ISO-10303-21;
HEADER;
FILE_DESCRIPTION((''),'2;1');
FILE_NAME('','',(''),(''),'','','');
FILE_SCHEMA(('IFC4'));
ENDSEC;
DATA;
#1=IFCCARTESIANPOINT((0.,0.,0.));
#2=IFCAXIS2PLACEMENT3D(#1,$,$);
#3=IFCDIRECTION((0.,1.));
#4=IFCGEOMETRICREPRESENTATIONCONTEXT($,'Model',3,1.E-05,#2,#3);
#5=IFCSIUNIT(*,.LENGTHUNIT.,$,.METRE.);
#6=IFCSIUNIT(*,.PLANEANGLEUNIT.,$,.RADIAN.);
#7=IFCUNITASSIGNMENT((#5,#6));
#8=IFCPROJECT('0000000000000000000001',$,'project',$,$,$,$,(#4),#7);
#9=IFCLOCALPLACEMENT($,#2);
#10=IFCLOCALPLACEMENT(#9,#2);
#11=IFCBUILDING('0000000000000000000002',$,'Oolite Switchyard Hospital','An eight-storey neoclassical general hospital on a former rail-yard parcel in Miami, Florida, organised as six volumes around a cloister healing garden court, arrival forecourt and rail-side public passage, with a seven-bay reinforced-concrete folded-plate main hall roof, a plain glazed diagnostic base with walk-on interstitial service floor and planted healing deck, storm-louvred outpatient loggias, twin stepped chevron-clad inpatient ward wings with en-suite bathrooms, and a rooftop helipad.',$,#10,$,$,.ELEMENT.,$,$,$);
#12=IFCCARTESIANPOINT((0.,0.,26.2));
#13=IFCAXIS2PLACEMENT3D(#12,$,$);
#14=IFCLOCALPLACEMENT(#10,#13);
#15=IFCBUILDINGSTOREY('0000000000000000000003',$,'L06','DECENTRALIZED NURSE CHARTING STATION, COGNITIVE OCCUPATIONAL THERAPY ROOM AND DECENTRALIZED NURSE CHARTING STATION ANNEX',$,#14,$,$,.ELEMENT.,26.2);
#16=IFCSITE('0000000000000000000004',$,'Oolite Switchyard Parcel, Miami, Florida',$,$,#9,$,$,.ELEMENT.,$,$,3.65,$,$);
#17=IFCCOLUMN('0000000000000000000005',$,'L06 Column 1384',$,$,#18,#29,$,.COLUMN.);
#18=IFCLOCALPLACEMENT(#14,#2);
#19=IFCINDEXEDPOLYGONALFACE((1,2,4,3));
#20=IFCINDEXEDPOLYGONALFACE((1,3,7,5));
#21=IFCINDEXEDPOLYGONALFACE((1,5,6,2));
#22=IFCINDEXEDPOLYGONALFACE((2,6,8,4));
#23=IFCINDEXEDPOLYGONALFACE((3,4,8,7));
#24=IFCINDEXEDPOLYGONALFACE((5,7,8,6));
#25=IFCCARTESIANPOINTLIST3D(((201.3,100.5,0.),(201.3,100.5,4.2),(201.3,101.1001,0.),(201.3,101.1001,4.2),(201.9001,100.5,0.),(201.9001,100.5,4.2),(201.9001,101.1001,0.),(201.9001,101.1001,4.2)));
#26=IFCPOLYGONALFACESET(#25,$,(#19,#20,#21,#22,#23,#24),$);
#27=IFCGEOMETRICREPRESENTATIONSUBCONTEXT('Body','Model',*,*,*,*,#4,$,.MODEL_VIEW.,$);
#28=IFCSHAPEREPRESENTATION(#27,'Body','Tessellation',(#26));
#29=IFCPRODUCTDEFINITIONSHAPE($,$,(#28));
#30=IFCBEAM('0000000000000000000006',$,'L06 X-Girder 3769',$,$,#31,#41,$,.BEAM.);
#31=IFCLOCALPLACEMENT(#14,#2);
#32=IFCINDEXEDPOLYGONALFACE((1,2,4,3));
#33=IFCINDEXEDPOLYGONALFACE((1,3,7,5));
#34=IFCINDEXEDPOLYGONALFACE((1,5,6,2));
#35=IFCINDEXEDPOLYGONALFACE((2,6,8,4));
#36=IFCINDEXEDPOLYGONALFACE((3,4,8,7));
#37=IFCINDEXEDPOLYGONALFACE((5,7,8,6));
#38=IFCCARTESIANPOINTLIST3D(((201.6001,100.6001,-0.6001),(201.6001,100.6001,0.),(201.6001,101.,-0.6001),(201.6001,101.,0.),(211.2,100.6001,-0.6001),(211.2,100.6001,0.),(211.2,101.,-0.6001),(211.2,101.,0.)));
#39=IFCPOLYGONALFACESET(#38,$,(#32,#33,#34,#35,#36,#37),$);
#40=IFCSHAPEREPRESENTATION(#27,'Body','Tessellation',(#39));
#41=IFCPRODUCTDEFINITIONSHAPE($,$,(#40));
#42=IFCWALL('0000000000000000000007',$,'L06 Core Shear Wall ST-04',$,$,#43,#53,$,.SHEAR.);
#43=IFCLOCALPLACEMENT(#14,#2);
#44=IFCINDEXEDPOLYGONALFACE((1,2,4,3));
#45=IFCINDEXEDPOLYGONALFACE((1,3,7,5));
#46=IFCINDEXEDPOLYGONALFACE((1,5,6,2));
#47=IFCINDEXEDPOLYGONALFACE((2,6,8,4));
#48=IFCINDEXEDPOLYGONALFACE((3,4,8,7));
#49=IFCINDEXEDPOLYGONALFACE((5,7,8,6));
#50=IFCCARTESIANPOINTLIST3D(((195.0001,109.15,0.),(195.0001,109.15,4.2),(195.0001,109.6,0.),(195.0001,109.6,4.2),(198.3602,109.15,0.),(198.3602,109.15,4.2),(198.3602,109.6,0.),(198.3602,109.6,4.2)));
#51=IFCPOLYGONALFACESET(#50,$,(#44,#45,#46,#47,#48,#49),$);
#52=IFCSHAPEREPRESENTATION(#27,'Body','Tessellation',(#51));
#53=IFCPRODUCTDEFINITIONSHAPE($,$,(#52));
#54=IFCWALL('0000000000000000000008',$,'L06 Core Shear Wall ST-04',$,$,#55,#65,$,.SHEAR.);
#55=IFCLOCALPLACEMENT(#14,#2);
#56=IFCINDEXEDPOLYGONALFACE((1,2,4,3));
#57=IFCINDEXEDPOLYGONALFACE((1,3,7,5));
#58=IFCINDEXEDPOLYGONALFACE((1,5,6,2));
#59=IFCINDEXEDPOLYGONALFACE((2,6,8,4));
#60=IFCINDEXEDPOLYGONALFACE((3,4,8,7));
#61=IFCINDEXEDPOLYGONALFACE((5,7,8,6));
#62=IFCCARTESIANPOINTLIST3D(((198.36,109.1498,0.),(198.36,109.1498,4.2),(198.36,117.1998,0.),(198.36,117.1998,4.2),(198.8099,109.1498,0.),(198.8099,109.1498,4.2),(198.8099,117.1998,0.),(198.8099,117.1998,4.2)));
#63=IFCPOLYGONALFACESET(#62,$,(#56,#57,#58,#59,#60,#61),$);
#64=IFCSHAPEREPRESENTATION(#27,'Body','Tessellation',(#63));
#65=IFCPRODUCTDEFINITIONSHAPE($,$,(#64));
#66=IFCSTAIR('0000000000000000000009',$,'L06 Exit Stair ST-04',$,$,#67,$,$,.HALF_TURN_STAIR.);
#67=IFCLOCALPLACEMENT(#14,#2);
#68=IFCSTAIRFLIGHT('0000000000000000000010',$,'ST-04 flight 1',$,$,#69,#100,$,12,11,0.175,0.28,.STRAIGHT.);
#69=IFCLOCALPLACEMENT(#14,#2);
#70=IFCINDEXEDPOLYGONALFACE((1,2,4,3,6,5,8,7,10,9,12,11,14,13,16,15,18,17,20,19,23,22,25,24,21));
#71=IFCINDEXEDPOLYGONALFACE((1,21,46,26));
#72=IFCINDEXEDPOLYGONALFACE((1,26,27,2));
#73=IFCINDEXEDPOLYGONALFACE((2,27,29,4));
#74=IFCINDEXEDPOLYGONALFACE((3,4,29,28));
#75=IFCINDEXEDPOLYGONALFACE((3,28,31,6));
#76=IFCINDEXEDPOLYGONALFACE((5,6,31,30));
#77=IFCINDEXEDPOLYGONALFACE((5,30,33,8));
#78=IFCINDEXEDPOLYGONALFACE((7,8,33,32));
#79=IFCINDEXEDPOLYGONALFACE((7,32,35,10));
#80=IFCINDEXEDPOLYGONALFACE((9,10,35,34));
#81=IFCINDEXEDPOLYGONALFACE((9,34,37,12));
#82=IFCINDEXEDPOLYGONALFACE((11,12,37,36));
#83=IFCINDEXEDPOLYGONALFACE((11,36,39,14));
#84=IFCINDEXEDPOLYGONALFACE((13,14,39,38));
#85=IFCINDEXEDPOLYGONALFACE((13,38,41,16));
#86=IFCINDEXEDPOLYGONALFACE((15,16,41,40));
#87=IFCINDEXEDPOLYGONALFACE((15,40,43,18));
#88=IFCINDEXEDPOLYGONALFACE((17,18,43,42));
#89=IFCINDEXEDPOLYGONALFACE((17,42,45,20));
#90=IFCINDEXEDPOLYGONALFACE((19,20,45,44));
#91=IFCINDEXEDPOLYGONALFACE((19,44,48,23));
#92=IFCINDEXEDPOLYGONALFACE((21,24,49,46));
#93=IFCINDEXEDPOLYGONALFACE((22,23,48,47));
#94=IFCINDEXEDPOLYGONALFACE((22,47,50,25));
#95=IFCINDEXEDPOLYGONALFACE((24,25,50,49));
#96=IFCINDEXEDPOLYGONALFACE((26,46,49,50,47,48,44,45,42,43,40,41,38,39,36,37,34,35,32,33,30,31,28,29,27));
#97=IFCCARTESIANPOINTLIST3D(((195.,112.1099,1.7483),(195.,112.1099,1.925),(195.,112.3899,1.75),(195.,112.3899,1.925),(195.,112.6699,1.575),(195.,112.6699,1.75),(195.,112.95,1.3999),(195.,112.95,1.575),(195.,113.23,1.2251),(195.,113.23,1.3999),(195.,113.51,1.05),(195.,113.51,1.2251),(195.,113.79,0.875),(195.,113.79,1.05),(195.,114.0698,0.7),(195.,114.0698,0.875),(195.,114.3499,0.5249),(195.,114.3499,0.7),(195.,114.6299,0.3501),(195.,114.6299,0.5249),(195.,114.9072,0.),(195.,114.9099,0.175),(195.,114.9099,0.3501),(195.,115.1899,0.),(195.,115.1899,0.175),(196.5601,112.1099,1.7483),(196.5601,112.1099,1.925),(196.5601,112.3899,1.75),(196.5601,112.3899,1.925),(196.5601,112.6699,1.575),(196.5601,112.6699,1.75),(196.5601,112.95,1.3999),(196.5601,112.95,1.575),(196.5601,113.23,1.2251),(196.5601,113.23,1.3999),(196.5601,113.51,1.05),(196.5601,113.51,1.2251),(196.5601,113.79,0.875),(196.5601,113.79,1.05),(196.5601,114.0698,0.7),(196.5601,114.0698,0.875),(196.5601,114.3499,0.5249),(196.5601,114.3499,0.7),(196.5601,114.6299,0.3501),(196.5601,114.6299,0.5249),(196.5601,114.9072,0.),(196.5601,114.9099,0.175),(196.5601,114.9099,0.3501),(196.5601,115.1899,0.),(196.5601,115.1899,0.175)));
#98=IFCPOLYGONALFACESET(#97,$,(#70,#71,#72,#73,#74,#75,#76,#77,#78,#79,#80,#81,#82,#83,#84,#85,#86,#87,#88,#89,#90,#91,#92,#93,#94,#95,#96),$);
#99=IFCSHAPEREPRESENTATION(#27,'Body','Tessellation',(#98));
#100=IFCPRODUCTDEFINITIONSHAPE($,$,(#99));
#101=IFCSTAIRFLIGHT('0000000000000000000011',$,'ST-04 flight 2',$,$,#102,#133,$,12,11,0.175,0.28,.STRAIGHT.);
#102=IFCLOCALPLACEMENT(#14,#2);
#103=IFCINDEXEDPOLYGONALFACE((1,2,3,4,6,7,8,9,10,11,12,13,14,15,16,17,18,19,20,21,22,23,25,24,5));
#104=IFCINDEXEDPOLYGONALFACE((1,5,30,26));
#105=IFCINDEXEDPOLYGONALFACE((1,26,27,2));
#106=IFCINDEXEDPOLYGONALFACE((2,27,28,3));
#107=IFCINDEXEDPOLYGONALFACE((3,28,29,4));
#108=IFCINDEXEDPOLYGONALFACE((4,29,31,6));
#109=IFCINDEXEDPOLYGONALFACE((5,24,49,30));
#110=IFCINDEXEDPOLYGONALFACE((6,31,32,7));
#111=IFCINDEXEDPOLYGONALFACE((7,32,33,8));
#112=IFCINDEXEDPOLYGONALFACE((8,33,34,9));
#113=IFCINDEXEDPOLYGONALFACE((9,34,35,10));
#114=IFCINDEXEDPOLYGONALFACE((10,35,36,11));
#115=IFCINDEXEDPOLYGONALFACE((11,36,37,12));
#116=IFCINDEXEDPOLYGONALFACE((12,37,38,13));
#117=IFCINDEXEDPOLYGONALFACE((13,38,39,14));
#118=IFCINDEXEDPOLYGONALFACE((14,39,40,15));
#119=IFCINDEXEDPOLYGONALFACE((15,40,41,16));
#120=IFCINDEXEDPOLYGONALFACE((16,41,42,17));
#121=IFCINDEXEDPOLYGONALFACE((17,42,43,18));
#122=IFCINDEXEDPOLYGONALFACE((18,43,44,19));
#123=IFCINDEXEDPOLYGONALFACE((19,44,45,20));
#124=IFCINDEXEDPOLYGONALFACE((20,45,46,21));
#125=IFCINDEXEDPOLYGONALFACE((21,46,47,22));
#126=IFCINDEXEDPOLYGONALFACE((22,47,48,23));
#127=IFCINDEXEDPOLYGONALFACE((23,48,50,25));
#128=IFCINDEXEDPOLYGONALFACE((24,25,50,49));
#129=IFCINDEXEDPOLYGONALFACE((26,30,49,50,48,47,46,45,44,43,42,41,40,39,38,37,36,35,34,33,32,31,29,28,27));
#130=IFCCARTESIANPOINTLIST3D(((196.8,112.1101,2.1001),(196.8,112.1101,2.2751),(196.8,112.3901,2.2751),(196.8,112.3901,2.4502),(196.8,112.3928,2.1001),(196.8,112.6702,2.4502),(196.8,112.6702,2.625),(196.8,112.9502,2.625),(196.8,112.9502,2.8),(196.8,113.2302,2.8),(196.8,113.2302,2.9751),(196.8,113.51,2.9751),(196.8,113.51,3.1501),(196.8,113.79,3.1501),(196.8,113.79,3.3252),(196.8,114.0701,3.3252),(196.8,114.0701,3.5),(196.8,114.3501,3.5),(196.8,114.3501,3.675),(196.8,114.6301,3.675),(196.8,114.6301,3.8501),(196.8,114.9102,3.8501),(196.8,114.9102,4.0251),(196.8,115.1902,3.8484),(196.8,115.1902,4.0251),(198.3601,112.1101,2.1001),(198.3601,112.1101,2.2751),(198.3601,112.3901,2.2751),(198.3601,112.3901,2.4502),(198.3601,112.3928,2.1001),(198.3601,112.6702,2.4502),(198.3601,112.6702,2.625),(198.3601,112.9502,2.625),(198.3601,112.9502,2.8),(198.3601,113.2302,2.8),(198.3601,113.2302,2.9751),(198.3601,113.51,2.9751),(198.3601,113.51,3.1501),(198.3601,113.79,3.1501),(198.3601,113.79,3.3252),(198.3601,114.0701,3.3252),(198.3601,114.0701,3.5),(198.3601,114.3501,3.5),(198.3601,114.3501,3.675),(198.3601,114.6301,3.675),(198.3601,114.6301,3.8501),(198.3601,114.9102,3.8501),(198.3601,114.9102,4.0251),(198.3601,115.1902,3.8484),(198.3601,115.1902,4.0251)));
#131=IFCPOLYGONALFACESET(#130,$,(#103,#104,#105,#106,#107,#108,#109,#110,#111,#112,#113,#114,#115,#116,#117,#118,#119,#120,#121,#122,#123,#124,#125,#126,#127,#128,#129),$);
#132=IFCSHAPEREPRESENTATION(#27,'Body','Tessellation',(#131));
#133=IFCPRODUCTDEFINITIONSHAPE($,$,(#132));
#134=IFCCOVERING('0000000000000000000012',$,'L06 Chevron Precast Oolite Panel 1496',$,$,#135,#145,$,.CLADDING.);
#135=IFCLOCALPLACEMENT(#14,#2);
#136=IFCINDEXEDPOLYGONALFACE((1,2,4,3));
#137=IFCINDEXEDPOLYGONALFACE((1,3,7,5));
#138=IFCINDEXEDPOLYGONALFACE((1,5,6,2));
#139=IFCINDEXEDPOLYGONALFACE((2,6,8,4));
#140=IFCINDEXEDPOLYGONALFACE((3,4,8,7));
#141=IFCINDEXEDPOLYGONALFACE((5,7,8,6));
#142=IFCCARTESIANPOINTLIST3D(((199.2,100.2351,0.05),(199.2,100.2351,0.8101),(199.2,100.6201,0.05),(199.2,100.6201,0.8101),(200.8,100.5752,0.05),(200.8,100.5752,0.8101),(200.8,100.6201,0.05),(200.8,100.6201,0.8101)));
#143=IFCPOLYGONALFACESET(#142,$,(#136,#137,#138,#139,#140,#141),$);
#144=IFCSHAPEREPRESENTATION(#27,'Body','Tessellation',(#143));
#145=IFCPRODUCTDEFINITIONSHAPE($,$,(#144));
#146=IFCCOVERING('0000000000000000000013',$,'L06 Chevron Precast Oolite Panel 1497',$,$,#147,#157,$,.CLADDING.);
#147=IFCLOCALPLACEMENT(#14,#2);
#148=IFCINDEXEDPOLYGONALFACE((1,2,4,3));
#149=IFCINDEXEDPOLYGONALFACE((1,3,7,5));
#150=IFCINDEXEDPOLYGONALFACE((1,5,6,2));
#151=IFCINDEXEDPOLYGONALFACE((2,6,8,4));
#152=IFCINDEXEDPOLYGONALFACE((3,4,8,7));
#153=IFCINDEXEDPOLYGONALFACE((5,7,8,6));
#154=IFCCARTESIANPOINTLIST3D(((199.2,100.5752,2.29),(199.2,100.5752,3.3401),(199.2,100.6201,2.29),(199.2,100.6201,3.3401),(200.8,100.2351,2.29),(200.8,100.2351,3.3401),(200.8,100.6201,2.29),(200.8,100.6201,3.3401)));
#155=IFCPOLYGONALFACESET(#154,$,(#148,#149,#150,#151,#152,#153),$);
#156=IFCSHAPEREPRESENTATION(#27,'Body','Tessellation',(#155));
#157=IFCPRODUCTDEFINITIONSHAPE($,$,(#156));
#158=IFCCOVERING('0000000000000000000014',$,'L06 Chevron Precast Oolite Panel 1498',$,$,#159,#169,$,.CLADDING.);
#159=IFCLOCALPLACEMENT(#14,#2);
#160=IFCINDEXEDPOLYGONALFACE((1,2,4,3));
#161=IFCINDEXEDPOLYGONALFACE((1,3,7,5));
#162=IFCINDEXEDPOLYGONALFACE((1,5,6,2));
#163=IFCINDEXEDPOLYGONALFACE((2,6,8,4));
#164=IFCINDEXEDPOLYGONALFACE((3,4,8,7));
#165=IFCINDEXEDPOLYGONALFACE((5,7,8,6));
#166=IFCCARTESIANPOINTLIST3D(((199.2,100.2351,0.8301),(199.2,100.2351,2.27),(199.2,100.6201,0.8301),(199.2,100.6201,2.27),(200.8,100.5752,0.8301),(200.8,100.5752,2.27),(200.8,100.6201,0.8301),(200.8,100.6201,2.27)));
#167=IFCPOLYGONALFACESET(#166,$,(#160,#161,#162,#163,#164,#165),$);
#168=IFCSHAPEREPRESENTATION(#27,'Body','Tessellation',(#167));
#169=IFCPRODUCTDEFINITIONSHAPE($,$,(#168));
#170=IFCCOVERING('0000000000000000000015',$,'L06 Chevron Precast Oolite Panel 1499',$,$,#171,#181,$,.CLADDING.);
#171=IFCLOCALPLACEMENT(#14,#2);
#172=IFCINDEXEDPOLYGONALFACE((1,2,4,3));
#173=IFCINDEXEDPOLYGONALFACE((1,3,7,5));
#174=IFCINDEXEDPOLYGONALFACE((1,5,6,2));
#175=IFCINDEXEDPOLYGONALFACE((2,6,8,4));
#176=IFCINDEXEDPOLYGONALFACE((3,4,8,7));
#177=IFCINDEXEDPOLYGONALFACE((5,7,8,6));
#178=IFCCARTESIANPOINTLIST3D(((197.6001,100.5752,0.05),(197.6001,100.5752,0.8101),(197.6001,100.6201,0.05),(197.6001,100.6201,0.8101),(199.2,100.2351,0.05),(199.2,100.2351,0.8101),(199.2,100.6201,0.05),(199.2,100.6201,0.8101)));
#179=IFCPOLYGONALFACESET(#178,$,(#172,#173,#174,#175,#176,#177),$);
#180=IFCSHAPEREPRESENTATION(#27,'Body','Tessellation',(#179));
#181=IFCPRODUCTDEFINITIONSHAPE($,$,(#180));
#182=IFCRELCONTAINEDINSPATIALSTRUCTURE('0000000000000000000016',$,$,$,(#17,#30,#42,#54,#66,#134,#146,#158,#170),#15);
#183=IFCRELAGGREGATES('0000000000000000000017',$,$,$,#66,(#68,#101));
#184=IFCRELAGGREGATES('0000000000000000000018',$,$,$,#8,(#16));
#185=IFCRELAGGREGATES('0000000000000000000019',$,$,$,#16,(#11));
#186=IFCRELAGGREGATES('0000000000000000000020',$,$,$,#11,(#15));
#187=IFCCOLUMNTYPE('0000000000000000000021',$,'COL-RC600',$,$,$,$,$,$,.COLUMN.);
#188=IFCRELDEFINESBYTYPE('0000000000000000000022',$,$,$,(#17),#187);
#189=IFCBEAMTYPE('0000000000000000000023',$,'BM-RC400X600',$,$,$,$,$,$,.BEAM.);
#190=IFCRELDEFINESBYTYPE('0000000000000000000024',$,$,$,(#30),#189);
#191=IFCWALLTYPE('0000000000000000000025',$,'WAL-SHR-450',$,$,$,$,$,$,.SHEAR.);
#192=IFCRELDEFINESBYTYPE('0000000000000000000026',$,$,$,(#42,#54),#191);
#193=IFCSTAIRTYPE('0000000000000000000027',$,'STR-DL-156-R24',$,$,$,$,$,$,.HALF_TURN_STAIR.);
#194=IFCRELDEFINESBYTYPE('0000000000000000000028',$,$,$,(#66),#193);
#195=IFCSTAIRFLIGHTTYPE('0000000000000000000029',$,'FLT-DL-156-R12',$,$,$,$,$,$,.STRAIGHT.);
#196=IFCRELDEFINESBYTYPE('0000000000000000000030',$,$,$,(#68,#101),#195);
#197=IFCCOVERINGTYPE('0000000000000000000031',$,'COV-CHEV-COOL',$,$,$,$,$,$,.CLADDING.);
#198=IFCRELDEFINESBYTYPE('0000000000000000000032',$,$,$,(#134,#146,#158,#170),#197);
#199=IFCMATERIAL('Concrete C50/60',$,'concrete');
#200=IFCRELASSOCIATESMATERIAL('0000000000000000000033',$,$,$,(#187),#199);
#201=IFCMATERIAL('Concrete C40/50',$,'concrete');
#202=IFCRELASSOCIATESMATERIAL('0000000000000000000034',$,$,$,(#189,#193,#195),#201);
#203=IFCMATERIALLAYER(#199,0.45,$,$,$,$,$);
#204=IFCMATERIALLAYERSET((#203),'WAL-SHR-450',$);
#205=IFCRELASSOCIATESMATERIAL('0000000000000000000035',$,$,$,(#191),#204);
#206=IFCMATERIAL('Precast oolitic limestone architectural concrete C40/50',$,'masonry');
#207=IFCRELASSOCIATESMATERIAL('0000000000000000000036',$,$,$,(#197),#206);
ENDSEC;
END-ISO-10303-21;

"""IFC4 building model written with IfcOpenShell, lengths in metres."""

from ifc_helpers import new_model, si_unit, direction, frame, frame_2d, origin, origin_2d, place, context, subcontext, project, spatial, polyline, rectangle, outline, extrude, material, layer, layer_set, material_profile, profile_set, type_object, element, aggregate, save


model = new_model("IFC4")

# Units and contexts
model_context = context("Model", 3, precision=1e-05, world=origin(), true_north=direction((0.0, 1.0)))
body_context = subcontext(model_context, "Body", "Model", "MODEL_VIEW")
ifc_project = project(units=[si_unit("LENGTHUNIT", "METRE"), si_unit("PLANEANGLEUNIT", "RADIAN")], contexts=[model_context])

# Site, building, storey
site_placement = place(None, origin())
site = spatial("IfcSite", under=ifc_project, at=site_placement, Name="Oolite Switchyard Parcel, Miami, Florida", CompositionType="ELEMENT", RefElevation=3.65)
building_placement = place(site_placement, origin())
building = spatial("IfcBuilding", under=site, at=building_placement, Name="Oolite Switchyard Hospital", Description="An eight-storey neoclassical general hospital on a former rail-yard parcel in Miami, Florida, organised as six volumes around a cloister healing garden court, arrival forecourt and rail-side public passage, with a seven-bay reinforced-concrete folded-plate main hall roof, a plain glazed diagnostic base with walk-on interstitial service floor and planted healing deck, storm-louvred outpatient loggias, twin stepped chevron-clad inpatient ward wings with en-suite bathrooms, and a rooftop helipad.", CompositionType="ELEMENT")
storey_placement = place(building_placement, frame((0.0, 0.0, 26.2)))
storey = spatial("IfcBuildingStorey", under=building, at=storey_placement, Name="L06", Description="DECENTRALIZED NURSE CHARTING STATION, COGNITIVE OCCUPATIONAL THERAPY ROOM AND DECENTRALIZED NURSE CHARTING STATION ANNEX", CompositionType="ELEMENT", Elevation=26.2)

# Column
ifc_material_1 = material(Name="Concrete C50/60", Category="concrete")
ifc_material_profile_1 = material_profile(ifc_material_1, rectangle(XDim=0.6001, YDim=0.6001, at=origin_2d()), Name="RC600X600")
ifc_profile_set_1 = profile_set([ifc_material_profile_1], Name="Concrete C50/60")
column_type = type_object("IfcColumnType", Name="COL-RC600", PredefinedType="COLUMN", material=ifc_profile_set_1)
column_placement = place(storey_placement, frame((201.6001, 100.8, 0.0), z_axis=(0.0, 0.0, 1.0), x_axis=(1.0, 0.0, 0.0)))
element("IfcColumn", 1, at=column_placement, inside=storey, type_object=column_type, Name="L06 Column 1384", PredefinedType="COLUMN", context=body_context, shape_type="SweptSolid", body=[
    extrude(rectangle(XDim=0.6001, YDim=0.6001, at=origin_2d()), origin(), (0.0, 0.0, 1.0), 4.2),
])

# Beam
ifc_material_2 = material(Name="Concrete C40/50", Category="concrete")
ifc_material_profile_2 = material_profile(ifc_material_2, rectangle(XDim=0.3999, YDim=0.6001, at=origin_2d()), Name="RCB400X600")
ifc_profile_set_2 = profile_set([ifc_material_profile_2], Name="Concrete C40/50")
beam_type = type_object("IfcBeamType", Name="BM-RC400X600", PredefinedType="BEAM", material=ifc_profile_set_2)
beam_placement = place(storey_placement, frame((201.6001, 100.8, -0.3), z_axis=(1.0, 0.0, 0.0), x_axis=(0.0, 1.0, 0.0)))
element("IfcBeam", 2, at=beam_placement, inside=storey, type_object=beam_type, Name="L06 X-Girder 3769", PredefinedType="BEAM", context=body_context, shape_type="SweptSolid", body=[
    extrude(rectangle(XDim=0.3999, YDim=0.6001, at=origin_2d()), origin(), (0.0, 0.0, 1.0), 9.5999),
])

# Walls
ifc_layer = layer(ifc_material_1, 0.45)
ifc_layer_set = layer_set([ifc_layer], Name="WAL-SHR-450")
wall_type = type_object("IfcWallType", Name="WAL-SHR-450", PredefinedType="SHEAR", material=ifc_layer_set)
wall_1_placement = place(storey_placement, frame((195.0, 109.375, 0.0), z_axis=(0.0, 0.0, 1.0), x_axis=(1.0, 0.0, 0.0)))
element("IfcWall", 3, at=wall_1_placement, inside=storey, type_object=wall_type, Name="L06 Core Shear Wall ST-04", PredefinedType="SHEAR", context=body_context, shape_type="SweptSolid", body=[
    extrude(rectangle(XDim=3.3601, YDim=0.45, at=frame_2d((1.6802, 0.0))), origin(), (0.0, 0.0, 1.0), 4.2),
])
wall_2_placement = place(storey_placement, frame((198.585, 109.1499, 0.0), z_axis=(0.0, 0.0, 1.0), x_axis=(0.0, 1.0, 0.0)))
element("IfcWall", 4, at=wall_2_placement, inside=storey, type_object=wall_type, Name="L06 Core Shear Wall ST-04", PredefinedType="SHEAR", context=body_context, shape_type="SweptSolid", body=[
    extrude(rectangle(XDim=8.05, YDim=0.45, at=frame_2d((4.0249, 0.0))), origin(), (0.0, 0.0, 1.0), 4.2),
])

# Stair, stair flights
stair_type = type_object("IfcStairType", Name="STR-DL-156-R24", PredefinedType="HALF_TURN_STAIR", material=ifc_material_2)
stair_placement = place(storey_placement, origin())
stair = element("IfcStair", 5, at=stair_placement, inside=storey, type_object=stair_type, Name="L06 Exit Stair ST-04", PredefinedType="HALF_TURN_STAIR")
stair_flight_type = type_object("IfcStairFlightType", Name="FLT-DL-156-R12", PredefinedType="STRAIGHT", material=ifc_material_2)
stair_flight_1_placement = place(storey_placement, frame((195.78, 115.1899, 0.0), z_axis=(0.0, 0.0, 1.0), x_axis=(0.0, -1.0, 0.0)))
stair_flight_1 = element("IfcStairFlight", 6, at=stair_flight_1_placement, type_object=stair_flight_type, Name="ST-04 flight 1", NumberOfRisers=12, NumberOfTreads=11, PredefinedType="STRAIGHT", RiserHeight=0.175, TreadLength=0.28, context=body_context, shape_type="SweptSolid", body=[
    extrude(outline(polyline([(0.0, 0.0), (0.0, 0.175), (0.28, 0.175), (0.28, 0.3501), (0.5601, 0.3501), (0.5601, 0.5249), (0.8401, 0.5249), (0.8401, 0.7), (1.1201, 0.7), (1.1201, 0.875), (1.3999, 0.875), (1.3999, 1.05), (1.6799, 1.05), (1.6799, 1.2251), (1.96, 1.2251), (1.96, 1.3999), (2.24, 1.3999), (2.24, 1.575), (2.52, 1.575), (2.52, 1.75), (2.8, 1.75), (2.8, 1.925), (3.0801, 1.925), (3.0801, 2.1001), (3.0801, 1.7483), (0.2827, 0.0), (0.0, 0.0)])), frame((0.0, 0.78, 0.0), z_axis=(0.0, -1.0, 0.0), x_axis=(1.0, 0.0, 0.0)), (0.0, 0.0, 1.0), 1.5601),
])
stair_flight_2_placement = place(storey_placement, frame((197.5801, 112.1101, 2.1001), z_axis=(0.0, 0.0, 1.0), x_axis=(0.0, 1.0, 0.0)))
stair_flight_2 = element("IfcStairFlight", 7, at=stair_flight_2_placement, type_object=stair_flight_type, Name="ST-04 flight 2", NumberOfRisers=12, NumberOfTreads=11, PredefinedType="STRAIGHT", RiserHeight=0.175, TreadLength=0.28, context=body_context, shape_type="SweptSolid", body=[
    extrude(outline(polyline([(0.0, 0.0), (0.0, 0.175), (0.28, 0.175), (0.28, 0.3501), (0.5601, 0.3501), (0.5601, 0.5249), (0.8401, 0.5249), (0.8401, 0.7), (1.1201, 0.7), (1.1201, 0.875), (1.3999, 0.875), (1.3999, 1.05), (1.6799, 1.05), (1.6799, 1.2251), (1.96, 1.2251), (1.96, 1.3999), (2.24, 1.3999), (2.24, 1.575), (2.52, 1.575), (2.52, 1.75), (2.8, 1.75), (2.8, 1.925), (3.0801, 1.925), (3.0801, 2.1001), (3.0801, 1.7483), (0.2827, 0.0), (0.0, 0.0)])), frame((0.0, 0.78, 0.0), z_axis=(0.0, -1.0, 0.0), x_axis=(1.0, 0.0, 0.0)), (0.0, 0.0, 1.0), 1.5601),
])
aggregate(stair, [stair_flight_1, stair_flight_2])

# Coverings
ifc_material_3 = material(Name="Precast oolitic limestone architectural concrete C40/50", Category="masonry")
covering_type = type_object("IfcCoveringType", Name="COV-CHEV-COOL", PredefinedType="CLADDING", material=ifc_material_3)
covering_1_placement = place(storey_placement, frame((200.8, 100.6201, 0.05), z_axis=(0.0, 0.0, 1.0), x_axis=(-1.0, 0.0, 0.0)))
element("IfcCovering", 8, at=covering_1_placement, inside=storey, type_object=covering_type, Name="L06 Chevron Precast Oolite Panel 1496", PredefinedType="CLADDING", context=body_context, shape_type="SweptSolid", body=[
    extrude(outline(polyline([(0.0, 0.0), (1.6001, 0.0), (1.6001, 0.385), (0.0, 0.0449), (0.0, 0.0)])), origin(), (0.0, 0.0, 1.0), 0.76),
])
covering_2_placement = place(storey_placement, frame((200.8, 100.6201, 2.29), z_axis=(0.0, 0.0, 1.0), x_axis=(-1.0, 0.0, 0.0)))
element("IfcCovering", 9, at=covering_2_placement, inside=storey, type_object=covering_type, Name="L06 Chevron Precast Oolite Panel 1497", PredefinedType="CLADDING", context=body_context, shape_type="SweptSolid", body=[
    extrude(outline(polyline([(0.0, 0.0), (1.6001, 0.0), (1.6001, 0.0449), (0.0, 0.385), (0.0, 0.0)])), origin(), (0.0, 0.0, 1.0), 1.05),
])
covering_3_placement = place(storey_placement, frame((200.8, 100.6201, 0.8301), z_axis=(0.0, 0.0, 1.0), x_axis=(-1.0, 0.0, 0.0)))
element("IfcCovering", 10, at=covering_3_placement, inside=storey, type_object=covering_type, Name="L06 Chevron Precast Oolite Panel 1498", PredefinedType="CLADDING", context=body_context, shape_type="SweptSolid", body=[
    extrude(outline(polyline([(0.0, 0.0), (1.6001, 0.0), (1.6001, 0.385), (0.0, 0.0449), (0.0, 0.0)])), origin(), (0.0, 0.0, 1.0), 1.4399),
])
covering_4_placement = place(storey_placement, frame((199.2, 100.6201, 0.05), z_axis=(0.0, 0.0, 1.0), x_axis=(-1.0, 0.0, 0.0)))
element("IfcCovering", 11, at=covering_4_placement, inside=storey, type_object=covering_type, Name="L06 Chevron Precast Oolite Panel 1499", PredefinedType="CLADDING", context=body_context, shape_type="SweptSolid", body=[
    extrude(outline(polyline([(0.0, 0.0), (1.5999, 0.0), (1.5999, 0.0449), (0.0, 0.385), (0.0, 0.0)])), origin(), (0.0, 0.0, 1.0), 0.76),
])

save(model, "model.ifc")
